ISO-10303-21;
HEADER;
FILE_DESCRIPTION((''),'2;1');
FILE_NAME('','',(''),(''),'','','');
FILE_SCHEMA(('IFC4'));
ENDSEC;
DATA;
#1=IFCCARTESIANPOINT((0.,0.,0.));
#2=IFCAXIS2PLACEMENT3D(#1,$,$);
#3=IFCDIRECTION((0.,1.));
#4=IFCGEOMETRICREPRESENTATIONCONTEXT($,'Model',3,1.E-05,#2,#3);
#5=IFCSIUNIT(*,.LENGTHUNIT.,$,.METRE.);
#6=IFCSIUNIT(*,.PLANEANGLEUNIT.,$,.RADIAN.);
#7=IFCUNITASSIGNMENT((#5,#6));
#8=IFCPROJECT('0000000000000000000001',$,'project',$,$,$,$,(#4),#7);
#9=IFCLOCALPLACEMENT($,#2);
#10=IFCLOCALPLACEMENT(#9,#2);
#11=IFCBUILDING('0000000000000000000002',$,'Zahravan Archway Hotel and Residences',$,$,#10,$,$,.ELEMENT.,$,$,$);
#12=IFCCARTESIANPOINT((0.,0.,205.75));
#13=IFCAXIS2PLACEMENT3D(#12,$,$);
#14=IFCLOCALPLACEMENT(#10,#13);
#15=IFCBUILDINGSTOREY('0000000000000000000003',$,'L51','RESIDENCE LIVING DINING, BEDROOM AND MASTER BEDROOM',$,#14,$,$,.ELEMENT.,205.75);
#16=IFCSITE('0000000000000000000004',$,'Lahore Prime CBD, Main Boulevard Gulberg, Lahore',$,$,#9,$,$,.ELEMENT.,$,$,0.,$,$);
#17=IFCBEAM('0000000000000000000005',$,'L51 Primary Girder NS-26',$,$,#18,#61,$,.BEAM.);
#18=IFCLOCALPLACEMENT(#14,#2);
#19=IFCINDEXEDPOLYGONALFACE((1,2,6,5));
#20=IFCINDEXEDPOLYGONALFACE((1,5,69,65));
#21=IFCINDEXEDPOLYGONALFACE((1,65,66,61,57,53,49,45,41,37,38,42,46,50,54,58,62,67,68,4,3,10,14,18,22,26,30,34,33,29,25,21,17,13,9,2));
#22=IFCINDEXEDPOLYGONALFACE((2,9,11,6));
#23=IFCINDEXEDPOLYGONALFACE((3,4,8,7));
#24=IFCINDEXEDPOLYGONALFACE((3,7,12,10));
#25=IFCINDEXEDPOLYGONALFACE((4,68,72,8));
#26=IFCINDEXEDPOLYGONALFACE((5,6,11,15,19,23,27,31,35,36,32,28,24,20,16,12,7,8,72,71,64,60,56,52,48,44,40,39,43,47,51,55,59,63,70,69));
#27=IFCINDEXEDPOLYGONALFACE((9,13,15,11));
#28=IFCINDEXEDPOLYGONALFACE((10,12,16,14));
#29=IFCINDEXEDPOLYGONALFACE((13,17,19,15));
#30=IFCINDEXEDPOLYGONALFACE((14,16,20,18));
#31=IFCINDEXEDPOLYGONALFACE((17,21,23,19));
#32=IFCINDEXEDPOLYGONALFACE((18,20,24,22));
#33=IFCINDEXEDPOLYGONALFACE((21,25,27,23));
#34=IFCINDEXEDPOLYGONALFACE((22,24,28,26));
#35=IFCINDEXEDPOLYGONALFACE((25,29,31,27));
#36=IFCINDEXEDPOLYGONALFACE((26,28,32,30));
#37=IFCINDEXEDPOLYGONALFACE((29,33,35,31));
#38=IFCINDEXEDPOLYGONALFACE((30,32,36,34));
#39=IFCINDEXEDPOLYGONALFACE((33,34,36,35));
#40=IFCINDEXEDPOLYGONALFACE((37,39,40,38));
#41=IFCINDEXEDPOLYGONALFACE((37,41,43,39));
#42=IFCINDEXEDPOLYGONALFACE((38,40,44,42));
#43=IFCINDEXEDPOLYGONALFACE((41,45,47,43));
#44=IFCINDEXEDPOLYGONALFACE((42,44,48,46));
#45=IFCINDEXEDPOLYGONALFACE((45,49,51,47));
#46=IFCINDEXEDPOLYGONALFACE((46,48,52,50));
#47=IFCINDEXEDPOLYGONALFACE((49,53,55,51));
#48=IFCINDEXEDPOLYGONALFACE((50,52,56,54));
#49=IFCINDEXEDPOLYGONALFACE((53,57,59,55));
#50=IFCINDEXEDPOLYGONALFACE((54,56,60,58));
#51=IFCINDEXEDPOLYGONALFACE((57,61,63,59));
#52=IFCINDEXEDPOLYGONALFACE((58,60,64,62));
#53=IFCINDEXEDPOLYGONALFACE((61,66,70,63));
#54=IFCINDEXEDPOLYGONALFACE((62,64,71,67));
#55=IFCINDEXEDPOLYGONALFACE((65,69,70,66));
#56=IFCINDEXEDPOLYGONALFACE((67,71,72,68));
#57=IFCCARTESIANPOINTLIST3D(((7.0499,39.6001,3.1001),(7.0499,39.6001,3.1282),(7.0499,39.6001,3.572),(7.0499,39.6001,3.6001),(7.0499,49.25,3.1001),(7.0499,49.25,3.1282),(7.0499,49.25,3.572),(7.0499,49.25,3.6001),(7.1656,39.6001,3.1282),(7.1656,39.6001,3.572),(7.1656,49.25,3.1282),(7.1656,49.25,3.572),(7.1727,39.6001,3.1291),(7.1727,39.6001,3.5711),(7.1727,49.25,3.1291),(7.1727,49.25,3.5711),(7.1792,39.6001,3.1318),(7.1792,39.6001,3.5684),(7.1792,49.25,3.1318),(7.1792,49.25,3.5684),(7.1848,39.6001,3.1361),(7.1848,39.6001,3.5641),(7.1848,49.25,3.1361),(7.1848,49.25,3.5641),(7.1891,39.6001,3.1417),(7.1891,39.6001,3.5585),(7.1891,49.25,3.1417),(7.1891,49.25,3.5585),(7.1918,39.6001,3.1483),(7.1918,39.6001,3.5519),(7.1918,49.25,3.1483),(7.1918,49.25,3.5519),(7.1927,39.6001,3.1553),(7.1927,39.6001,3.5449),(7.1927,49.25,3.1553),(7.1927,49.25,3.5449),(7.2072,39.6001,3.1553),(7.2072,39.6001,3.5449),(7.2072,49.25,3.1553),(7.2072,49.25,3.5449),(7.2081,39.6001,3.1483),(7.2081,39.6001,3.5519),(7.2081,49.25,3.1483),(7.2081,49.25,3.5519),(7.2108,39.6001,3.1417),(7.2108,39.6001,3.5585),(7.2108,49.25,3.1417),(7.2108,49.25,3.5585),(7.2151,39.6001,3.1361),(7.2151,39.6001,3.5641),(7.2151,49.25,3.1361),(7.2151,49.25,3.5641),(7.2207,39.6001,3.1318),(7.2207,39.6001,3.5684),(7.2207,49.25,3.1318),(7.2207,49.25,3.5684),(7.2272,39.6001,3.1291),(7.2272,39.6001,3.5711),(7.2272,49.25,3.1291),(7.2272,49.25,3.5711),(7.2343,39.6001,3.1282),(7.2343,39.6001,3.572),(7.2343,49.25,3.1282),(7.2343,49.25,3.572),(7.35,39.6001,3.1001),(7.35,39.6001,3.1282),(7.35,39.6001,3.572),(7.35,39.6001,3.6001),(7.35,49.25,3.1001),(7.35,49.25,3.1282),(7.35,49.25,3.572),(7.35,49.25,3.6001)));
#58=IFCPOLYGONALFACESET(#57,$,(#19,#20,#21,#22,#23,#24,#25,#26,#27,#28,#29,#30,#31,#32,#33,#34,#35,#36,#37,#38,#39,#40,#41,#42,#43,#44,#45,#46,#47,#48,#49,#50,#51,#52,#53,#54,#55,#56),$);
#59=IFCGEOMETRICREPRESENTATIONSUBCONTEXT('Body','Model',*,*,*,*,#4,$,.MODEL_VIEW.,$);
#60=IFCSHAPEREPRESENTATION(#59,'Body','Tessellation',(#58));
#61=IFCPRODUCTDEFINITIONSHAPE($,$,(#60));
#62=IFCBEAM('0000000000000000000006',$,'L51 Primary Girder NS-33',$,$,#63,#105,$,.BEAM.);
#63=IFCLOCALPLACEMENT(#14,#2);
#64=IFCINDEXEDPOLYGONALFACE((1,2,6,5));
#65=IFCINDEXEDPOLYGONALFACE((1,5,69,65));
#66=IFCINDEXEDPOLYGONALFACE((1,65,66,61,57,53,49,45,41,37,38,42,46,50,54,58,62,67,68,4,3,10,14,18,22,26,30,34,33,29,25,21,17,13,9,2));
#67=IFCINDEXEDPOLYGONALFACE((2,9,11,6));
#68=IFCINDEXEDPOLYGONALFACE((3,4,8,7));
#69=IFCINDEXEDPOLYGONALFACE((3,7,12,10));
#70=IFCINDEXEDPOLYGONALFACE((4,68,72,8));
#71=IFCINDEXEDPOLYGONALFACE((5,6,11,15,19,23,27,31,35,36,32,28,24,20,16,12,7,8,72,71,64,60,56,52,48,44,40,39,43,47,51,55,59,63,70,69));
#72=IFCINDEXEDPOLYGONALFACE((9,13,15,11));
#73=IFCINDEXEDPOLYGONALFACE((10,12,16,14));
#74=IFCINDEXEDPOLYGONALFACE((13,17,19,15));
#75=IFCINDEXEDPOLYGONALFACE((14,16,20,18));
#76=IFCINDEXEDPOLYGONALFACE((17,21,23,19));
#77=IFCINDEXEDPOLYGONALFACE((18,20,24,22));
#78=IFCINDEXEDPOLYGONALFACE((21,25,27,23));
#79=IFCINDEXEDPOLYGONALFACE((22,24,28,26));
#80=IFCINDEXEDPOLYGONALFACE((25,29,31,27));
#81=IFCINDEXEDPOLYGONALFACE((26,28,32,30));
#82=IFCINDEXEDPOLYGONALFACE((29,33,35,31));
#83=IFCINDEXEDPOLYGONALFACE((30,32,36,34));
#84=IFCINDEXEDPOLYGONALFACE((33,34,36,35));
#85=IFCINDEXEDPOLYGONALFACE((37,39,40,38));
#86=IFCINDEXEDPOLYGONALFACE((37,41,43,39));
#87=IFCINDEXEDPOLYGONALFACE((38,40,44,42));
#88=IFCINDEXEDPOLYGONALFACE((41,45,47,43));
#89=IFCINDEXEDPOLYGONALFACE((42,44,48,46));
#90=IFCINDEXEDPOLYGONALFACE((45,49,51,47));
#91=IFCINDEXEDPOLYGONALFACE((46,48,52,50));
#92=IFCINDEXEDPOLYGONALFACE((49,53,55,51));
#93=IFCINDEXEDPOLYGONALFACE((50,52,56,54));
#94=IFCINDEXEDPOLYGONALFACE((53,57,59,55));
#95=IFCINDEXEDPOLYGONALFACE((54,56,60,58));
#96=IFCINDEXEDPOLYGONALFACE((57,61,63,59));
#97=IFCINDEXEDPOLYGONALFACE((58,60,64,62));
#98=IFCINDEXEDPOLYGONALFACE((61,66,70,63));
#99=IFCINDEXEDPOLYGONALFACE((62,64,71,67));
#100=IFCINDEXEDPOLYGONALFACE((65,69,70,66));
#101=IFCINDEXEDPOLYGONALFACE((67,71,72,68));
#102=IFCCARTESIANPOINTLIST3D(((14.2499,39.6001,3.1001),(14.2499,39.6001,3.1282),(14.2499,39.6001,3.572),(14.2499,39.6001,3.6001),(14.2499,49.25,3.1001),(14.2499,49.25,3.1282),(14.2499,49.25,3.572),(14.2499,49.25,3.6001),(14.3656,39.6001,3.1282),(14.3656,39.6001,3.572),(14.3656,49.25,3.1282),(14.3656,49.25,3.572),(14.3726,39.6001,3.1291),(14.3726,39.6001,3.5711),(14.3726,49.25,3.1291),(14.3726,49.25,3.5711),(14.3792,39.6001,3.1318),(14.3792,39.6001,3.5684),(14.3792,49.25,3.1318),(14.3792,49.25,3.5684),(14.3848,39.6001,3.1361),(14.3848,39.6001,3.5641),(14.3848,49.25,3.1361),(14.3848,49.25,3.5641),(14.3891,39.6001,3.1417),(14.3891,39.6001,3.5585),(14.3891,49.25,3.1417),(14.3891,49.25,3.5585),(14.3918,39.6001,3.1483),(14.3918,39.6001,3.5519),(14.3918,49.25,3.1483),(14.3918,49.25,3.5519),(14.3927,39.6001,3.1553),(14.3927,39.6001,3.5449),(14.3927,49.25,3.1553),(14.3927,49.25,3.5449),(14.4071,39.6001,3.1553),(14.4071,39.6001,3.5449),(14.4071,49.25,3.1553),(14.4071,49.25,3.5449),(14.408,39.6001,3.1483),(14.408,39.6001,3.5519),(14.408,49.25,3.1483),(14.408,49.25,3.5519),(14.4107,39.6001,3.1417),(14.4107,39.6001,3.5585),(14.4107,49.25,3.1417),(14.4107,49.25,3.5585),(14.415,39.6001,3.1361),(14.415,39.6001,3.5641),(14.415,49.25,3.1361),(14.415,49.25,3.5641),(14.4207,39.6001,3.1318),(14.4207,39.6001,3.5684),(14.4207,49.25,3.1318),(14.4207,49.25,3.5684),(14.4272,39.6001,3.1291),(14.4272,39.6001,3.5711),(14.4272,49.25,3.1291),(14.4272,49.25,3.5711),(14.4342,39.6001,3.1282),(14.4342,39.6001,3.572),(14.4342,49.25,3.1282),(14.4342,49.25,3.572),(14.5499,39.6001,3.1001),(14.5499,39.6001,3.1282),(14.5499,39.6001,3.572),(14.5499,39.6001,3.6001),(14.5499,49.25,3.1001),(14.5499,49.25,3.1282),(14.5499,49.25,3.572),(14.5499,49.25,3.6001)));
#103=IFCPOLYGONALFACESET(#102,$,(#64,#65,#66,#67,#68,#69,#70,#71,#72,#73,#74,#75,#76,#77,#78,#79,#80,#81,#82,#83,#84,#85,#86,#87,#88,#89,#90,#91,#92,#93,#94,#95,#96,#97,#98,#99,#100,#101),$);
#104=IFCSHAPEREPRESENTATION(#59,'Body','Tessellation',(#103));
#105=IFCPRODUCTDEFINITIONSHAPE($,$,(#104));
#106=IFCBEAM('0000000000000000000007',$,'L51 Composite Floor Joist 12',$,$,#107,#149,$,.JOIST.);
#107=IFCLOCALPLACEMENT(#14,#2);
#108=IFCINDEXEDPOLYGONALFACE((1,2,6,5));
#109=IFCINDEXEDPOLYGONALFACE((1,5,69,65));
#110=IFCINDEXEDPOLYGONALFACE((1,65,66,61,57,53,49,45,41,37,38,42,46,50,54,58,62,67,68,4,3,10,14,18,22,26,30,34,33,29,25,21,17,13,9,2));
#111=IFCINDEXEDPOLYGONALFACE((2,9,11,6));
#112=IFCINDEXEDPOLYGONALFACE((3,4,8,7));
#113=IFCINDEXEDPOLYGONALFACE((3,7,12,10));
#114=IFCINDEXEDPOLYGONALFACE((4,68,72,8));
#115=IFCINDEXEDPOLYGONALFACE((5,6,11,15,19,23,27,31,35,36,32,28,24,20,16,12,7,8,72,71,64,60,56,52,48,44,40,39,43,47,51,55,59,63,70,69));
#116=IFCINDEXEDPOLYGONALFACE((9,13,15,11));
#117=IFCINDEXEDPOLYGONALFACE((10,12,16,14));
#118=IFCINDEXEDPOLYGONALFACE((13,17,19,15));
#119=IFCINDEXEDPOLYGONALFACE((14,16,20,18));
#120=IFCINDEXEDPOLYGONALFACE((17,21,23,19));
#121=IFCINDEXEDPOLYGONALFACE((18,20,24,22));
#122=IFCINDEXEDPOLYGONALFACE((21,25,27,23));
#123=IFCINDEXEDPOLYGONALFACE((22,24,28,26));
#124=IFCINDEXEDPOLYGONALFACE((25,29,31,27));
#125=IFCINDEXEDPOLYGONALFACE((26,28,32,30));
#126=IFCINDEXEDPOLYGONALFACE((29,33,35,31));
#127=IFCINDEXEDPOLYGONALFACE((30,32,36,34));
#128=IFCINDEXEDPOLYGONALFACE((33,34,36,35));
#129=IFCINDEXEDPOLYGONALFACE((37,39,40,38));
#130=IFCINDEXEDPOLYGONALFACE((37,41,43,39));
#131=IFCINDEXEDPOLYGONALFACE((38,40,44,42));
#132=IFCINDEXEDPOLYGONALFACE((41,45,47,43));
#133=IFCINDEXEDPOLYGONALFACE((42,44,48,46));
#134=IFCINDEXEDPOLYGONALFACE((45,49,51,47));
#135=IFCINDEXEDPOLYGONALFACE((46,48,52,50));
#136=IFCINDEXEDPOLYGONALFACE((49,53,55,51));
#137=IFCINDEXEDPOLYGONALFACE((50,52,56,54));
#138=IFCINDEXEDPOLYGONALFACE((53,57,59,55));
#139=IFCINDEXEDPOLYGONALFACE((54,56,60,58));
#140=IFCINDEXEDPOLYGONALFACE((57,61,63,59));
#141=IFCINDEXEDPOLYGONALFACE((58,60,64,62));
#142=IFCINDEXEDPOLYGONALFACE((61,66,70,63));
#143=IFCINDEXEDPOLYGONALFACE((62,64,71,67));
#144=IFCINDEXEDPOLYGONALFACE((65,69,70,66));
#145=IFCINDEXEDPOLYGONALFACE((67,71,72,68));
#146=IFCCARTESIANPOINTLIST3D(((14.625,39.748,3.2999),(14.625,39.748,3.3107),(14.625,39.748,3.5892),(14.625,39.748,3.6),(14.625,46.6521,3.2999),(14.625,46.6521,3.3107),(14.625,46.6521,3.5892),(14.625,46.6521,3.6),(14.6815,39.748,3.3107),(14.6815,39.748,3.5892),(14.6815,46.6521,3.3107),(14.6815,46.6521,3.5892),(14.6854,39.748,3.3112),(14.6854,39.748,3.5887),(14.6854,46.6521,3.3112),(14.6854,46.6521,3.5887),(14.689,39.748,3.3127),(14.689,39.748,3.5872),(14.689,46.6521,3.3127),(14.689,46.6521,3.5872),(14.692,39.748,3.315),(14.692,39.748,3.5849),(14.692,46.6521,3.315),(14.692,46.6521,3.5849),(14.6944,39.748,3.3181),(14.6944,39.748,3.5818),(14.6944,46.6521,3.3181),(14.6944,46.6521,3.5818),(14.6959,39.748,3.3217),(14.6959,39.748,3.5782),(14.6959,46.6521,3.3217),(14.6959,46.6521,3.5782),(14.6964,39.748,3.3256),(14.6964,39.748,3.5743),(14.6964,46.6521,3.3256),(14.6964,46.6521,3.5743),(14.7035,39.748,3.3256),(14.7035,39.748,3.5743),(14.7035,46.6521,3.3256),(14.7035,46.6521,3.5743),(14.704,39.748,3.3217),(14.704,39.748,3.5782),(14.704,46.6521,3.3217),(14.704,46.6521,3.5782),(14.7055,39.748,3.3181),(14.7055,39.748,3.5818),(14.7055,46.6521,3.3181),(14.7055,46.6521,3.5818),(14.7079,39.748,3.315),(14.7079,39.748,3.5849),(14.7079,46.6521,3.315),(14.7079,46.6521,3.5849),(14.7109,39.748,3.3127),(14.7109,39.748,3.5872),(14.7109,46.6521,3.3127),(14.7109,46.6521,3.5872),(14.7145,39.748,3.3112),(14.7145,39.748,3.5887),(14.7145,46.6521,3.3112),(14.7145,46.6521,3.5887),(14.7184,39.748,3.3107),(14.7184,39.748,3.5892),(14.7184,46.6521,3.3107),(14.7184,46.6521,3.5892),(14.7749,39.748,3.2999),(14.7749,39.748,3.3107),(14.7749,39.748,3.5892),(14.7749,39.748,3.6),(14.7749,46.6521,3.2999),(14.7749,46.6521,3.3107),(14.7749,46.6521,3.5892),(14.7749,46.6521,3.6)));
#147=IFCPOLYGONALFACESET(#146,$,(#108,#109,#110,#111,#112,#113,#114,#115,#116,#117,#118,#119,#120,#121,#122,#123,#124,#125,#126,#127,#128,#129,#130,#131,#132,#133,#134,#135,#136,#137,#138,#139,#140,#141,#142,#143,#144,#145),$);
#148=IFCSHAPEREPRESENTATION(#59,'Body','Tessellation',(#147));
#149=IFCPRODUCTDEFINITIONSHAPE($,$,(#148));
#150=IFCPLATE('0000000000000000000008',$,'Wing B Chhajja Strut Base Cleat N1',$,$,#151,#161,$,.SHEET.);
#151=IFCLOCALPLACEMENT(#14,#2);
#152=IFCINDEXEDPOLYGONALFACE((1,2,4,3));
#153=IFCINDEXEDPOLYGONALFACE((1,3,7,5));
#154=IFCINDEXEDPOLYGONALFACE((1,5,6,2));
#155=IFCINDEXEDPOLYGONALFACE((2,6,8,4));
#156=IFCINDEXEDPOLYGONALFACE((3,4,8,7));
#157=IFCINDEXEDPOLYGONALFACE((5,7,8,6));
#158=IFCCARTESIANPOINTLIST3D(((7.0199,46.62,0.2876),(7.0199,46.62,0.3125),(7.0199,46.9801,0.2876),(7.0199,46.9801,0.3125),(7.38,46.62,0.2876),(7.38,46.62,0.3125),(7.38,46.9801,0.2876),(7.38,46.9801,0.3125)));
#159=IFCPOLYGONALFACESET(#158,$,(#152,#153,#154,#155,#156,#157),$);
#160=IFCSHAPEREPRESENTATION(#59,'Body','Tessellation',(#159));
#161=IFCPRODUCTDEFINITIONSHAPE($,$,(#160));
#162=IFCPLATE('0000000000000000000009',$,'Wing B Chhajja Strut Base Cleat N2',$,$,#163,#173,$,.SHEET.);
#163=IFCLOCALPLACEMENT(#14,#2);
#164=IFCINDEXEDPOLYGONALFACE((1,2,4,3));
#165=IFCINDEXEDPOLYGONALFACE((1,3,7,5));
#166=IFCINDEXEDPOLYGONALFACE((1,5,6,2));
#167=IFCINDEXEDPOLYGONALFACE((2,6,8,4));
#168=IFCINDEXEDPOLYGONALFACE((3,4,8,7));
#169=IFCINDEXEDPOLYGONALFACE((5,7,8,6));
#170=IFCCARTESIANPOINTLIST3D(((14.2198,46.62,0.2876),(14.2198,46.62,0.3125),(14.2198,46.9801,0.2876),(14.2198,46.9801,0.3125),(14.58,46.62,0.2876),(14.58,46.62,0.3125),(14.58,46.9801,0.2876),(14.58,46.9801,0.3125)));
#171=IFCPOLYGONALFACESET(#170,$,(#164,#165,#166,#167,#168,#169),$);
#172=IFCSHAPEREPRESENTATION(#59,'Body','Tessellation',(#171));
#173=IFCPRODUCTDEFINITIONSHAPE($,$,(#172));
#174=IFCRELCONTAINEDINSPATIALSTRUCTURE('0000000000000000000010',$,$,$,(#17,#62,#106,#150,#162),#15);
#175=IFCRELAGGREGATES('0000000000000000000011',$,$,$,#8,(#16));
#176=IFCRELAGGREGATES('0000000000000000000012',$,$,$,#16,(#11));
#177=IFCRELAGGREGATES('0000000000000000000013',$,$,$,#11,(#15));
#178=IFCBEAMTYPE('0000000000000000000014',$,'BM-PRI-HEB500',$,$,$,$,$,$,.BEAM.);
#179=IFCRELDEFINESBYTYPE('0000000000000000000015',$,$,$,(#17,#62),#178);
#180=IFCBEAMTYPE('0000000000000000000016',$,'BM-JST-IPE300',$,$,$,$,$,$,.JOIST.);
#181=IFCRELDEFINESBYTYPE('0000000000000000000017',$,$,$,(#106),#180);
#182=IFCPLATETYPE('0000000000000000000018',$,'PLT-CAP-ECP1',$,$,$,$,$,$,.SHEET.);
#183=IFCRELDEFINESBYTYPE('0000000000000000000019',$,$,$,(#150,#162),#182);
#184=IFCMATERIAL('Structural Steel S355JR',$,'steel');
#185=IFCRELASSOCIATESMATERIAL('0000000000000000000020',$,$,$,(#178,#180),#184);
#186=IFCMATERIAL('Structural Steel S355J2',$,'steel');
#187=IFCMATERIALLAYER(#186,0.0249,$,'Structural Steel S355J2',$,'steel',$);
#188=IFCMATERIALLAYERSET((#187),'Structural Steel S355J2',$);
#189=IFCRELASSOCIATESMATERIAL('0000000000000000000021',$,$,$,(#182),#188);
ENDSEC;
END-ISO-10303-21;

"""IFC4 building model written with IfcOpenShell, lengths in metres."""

from ifc_helpers import new_model, si_unit, direction, frame, origin, origin_2d, place, context, subcontext, project, spatial, rectangle, i_section, extrude, source, transform, mapped, material, layer, layer_set, material_profile, profile_set, type_object, type_shapes, element, save


model = new_model("IFC4")

# Units and contexts
model_context = context("Model", 3, precision=1e-05, world=origin(), true_north=direction((0.0, 1.0)))
body_context = subcontext(model_context, "Body", "Model", "MODEL_VIEW")
ifc_project = project(units=[si_unit("LENGTHUNIT", "METRE"), si_unit("PLANEANGLEUNIT", "RADIAN")], contexts=[model_context])

# Site, building, storey
site_placement = place(None, origin())
site = spatial("IfcSite", under=ifc_project, at=site_placement, Name="Lahore Prime CBD, Main Boulevard Gulberg, Lahore", CompositionType="ELEMENT", RefElevation=0.0)
building_placement = place(site_placement, origin())
building = spatial("IfcBuilding", under=site, at=building_placement, Name="Zahravan Archway Hotel and Residences", CompositionType="ELEMENT")
storey_placement = place(building_placement, frame((0.0, 0.0, 205.75)))
storey = spatial("IfcBuildingStorey", under=building, at=storey_placement, Name="L51", Description="RESIDENCE LIVING DINING, BEDROOM AND MASTER BEDROOM", CompositionType="ELEMENT", Elevation=205.75)

# Beams
ifc_material_1 = material(Name="Structural Steel S355JR", Category="steel")
ifc_material_profile_1 = material_profile(ifc_material_1, i_section(OverallWidth=0.3, OverallDepth=0.5, WebThickness=0.0144, FlangeThickness=0.0281, FilletRadius=0.0271, at=origin_2d()), Name="HEB 500", Category="steel")
ifc_profile_set_1 = profile_set([ifc_material_profile_1], Name="Structural Steel S355JR")
beam_type_1 = type_object("IfcBeamType", Name="BM-PRI-HEB500", PredefinedType="BEAM", material=ifc_profile_set_1)
shared_shape_1 = source(origin(), body_context, "Body", "SweptSolid", [
    extrude(i_section(OverallWidth=0.3, OverallDepth=0.5, WebThickness=0.0144, FlangeThickness=0.0281, FilletRadius=0.0271, at=origin_2d()), origin(), (0.0, 0.0, 1.0), 9.6499),
])
for number, where, z_axis, x_axis, name in (
    (1, (7.2, 39.6001, 3.3501), (0.0, 1.0, 0.0), (-1.0, 0.0, 0.0), "L51 Primary Girder NS-26"),
    (2, (14.3999, 39.6001, 3.3501), (0.0, 1.0, 0.0), (-1.0, 0.0, 0.0), "L51 Primary Girder NS-33"),
):
    element("IfcBeam", number, at=place(storey_placement, frame(where, z_axis=z_axis, x_axis=x_axis)), inside=storey, type_object=beam_type_1, Name=name, PredefinedType="BEAM", context=body_context, shape_type="MappedRepresentation", body=[
        mapped(shared_shape_1, transform((0.0, 0.0, 0.0), scale=1.0)),
    ])
ifc_material_profile_2 = material_profile(ifc_material_1, i_section(OverallWidth=0.1499, OverallDepth=0.3, WebThickness=0.0071, FlangeThickness=0.0107, FilletRadius=0.0149, at=origin_2d()), Name="IPE 300", Category="steel")
ifc_profile_set_2 = profile_set([ifc_material_profile_2], Name="Structural Steel S355JR")
beam_type_2 = type_object("IfcBeamType", Name="BM-JST-IPE300", PredefinedType="JOIST", material=ifc_profile_set_2)
shared_shape_2 = source(origin(), body_context, "Body", "SweptSolid", [
    extrude(i_section(OverallWidth=0.1499, OverallDepth=0.3, WebThickness=0.0071, FlangeThickness=0.0107, FilletRadius=0.0149, at=origin_2d()), origin(), (0.0, 0.0, 1.0), 6.9041),
])
type_shapes(beam_type_2, [shared_shape_2])
beam_1_placement = place(storey_placement, frame((14.7, 39.748, 3.45), z_axis=(0.0, 1.0, 0.0), x_axis=(-1.0, 0.0, 0.0)))
element("IfcBeam", 3, at=beam_1_placement, inside=storey, type_object=beam_type_2, Name="L51 Composite Floor Joist 12", PredefinedType="JOIST", context=body_context, shape_type="MappedRepresentation", body=[
    mapped(shared_shape_2, transform((0.0, 0.0, 0.0), scale=1.0)),
])

# Plates
ifc_material_2 = material(Name="Structural Steel S355J2", Category="steel")
ifc_layer_1 = layer(ifc_material_2, 0.0249, Name="Structural Steel S355J2", Category="steel")
ifc_layer_set_1 = layer_set([ifc_layer_1], Name="Structural Steel S355J2")
plate_type = type_object("IfcPlateType", Name="PLT-CAP-ECP1", PredefinedType="SHEET", material=ifc_layer_set_1)
shared_shape_3 = source(origin(), body_context, "Body", "SweptSolid", [
    extrude(rectangle(XDim=0.3601, YDim=0.3601, at=origin_2d()), origin(), (0.0, 0.0, 1.0), 0.0249),
])
type_shapes(plate_type, [shared_shape_3])
for number, where, z_axis, x_axis, name in (
    (4, (7.2, 46.8, 0.2876), (0.0, 0.0, 1.0), (1.0, 0.0, 0.0), "Wing B Chhajja Strut Base Cleat N1"),
    (5, (14.3999, 46.8, 0.2876), (0.0, 0.0, 1.0), (1.0, 0.0, 0.0), "Wing B Chhajja Strut Base Cleat N2"),
):
    element("IfcPlate", number, at=place(storey_placement, frame(where, z_axis=z_axis, x_axis=x_axis)), inside=storey, type_object=plate_type, Name=name, PredefinedType="SHEET", context=body_context, shape_type="MappedRepresentation", body=[
        mapped(shared_shape_3, transform((0.0, 0.0, 0.0), scale=1.0)),
    ])

save(model, "model.ifc")
